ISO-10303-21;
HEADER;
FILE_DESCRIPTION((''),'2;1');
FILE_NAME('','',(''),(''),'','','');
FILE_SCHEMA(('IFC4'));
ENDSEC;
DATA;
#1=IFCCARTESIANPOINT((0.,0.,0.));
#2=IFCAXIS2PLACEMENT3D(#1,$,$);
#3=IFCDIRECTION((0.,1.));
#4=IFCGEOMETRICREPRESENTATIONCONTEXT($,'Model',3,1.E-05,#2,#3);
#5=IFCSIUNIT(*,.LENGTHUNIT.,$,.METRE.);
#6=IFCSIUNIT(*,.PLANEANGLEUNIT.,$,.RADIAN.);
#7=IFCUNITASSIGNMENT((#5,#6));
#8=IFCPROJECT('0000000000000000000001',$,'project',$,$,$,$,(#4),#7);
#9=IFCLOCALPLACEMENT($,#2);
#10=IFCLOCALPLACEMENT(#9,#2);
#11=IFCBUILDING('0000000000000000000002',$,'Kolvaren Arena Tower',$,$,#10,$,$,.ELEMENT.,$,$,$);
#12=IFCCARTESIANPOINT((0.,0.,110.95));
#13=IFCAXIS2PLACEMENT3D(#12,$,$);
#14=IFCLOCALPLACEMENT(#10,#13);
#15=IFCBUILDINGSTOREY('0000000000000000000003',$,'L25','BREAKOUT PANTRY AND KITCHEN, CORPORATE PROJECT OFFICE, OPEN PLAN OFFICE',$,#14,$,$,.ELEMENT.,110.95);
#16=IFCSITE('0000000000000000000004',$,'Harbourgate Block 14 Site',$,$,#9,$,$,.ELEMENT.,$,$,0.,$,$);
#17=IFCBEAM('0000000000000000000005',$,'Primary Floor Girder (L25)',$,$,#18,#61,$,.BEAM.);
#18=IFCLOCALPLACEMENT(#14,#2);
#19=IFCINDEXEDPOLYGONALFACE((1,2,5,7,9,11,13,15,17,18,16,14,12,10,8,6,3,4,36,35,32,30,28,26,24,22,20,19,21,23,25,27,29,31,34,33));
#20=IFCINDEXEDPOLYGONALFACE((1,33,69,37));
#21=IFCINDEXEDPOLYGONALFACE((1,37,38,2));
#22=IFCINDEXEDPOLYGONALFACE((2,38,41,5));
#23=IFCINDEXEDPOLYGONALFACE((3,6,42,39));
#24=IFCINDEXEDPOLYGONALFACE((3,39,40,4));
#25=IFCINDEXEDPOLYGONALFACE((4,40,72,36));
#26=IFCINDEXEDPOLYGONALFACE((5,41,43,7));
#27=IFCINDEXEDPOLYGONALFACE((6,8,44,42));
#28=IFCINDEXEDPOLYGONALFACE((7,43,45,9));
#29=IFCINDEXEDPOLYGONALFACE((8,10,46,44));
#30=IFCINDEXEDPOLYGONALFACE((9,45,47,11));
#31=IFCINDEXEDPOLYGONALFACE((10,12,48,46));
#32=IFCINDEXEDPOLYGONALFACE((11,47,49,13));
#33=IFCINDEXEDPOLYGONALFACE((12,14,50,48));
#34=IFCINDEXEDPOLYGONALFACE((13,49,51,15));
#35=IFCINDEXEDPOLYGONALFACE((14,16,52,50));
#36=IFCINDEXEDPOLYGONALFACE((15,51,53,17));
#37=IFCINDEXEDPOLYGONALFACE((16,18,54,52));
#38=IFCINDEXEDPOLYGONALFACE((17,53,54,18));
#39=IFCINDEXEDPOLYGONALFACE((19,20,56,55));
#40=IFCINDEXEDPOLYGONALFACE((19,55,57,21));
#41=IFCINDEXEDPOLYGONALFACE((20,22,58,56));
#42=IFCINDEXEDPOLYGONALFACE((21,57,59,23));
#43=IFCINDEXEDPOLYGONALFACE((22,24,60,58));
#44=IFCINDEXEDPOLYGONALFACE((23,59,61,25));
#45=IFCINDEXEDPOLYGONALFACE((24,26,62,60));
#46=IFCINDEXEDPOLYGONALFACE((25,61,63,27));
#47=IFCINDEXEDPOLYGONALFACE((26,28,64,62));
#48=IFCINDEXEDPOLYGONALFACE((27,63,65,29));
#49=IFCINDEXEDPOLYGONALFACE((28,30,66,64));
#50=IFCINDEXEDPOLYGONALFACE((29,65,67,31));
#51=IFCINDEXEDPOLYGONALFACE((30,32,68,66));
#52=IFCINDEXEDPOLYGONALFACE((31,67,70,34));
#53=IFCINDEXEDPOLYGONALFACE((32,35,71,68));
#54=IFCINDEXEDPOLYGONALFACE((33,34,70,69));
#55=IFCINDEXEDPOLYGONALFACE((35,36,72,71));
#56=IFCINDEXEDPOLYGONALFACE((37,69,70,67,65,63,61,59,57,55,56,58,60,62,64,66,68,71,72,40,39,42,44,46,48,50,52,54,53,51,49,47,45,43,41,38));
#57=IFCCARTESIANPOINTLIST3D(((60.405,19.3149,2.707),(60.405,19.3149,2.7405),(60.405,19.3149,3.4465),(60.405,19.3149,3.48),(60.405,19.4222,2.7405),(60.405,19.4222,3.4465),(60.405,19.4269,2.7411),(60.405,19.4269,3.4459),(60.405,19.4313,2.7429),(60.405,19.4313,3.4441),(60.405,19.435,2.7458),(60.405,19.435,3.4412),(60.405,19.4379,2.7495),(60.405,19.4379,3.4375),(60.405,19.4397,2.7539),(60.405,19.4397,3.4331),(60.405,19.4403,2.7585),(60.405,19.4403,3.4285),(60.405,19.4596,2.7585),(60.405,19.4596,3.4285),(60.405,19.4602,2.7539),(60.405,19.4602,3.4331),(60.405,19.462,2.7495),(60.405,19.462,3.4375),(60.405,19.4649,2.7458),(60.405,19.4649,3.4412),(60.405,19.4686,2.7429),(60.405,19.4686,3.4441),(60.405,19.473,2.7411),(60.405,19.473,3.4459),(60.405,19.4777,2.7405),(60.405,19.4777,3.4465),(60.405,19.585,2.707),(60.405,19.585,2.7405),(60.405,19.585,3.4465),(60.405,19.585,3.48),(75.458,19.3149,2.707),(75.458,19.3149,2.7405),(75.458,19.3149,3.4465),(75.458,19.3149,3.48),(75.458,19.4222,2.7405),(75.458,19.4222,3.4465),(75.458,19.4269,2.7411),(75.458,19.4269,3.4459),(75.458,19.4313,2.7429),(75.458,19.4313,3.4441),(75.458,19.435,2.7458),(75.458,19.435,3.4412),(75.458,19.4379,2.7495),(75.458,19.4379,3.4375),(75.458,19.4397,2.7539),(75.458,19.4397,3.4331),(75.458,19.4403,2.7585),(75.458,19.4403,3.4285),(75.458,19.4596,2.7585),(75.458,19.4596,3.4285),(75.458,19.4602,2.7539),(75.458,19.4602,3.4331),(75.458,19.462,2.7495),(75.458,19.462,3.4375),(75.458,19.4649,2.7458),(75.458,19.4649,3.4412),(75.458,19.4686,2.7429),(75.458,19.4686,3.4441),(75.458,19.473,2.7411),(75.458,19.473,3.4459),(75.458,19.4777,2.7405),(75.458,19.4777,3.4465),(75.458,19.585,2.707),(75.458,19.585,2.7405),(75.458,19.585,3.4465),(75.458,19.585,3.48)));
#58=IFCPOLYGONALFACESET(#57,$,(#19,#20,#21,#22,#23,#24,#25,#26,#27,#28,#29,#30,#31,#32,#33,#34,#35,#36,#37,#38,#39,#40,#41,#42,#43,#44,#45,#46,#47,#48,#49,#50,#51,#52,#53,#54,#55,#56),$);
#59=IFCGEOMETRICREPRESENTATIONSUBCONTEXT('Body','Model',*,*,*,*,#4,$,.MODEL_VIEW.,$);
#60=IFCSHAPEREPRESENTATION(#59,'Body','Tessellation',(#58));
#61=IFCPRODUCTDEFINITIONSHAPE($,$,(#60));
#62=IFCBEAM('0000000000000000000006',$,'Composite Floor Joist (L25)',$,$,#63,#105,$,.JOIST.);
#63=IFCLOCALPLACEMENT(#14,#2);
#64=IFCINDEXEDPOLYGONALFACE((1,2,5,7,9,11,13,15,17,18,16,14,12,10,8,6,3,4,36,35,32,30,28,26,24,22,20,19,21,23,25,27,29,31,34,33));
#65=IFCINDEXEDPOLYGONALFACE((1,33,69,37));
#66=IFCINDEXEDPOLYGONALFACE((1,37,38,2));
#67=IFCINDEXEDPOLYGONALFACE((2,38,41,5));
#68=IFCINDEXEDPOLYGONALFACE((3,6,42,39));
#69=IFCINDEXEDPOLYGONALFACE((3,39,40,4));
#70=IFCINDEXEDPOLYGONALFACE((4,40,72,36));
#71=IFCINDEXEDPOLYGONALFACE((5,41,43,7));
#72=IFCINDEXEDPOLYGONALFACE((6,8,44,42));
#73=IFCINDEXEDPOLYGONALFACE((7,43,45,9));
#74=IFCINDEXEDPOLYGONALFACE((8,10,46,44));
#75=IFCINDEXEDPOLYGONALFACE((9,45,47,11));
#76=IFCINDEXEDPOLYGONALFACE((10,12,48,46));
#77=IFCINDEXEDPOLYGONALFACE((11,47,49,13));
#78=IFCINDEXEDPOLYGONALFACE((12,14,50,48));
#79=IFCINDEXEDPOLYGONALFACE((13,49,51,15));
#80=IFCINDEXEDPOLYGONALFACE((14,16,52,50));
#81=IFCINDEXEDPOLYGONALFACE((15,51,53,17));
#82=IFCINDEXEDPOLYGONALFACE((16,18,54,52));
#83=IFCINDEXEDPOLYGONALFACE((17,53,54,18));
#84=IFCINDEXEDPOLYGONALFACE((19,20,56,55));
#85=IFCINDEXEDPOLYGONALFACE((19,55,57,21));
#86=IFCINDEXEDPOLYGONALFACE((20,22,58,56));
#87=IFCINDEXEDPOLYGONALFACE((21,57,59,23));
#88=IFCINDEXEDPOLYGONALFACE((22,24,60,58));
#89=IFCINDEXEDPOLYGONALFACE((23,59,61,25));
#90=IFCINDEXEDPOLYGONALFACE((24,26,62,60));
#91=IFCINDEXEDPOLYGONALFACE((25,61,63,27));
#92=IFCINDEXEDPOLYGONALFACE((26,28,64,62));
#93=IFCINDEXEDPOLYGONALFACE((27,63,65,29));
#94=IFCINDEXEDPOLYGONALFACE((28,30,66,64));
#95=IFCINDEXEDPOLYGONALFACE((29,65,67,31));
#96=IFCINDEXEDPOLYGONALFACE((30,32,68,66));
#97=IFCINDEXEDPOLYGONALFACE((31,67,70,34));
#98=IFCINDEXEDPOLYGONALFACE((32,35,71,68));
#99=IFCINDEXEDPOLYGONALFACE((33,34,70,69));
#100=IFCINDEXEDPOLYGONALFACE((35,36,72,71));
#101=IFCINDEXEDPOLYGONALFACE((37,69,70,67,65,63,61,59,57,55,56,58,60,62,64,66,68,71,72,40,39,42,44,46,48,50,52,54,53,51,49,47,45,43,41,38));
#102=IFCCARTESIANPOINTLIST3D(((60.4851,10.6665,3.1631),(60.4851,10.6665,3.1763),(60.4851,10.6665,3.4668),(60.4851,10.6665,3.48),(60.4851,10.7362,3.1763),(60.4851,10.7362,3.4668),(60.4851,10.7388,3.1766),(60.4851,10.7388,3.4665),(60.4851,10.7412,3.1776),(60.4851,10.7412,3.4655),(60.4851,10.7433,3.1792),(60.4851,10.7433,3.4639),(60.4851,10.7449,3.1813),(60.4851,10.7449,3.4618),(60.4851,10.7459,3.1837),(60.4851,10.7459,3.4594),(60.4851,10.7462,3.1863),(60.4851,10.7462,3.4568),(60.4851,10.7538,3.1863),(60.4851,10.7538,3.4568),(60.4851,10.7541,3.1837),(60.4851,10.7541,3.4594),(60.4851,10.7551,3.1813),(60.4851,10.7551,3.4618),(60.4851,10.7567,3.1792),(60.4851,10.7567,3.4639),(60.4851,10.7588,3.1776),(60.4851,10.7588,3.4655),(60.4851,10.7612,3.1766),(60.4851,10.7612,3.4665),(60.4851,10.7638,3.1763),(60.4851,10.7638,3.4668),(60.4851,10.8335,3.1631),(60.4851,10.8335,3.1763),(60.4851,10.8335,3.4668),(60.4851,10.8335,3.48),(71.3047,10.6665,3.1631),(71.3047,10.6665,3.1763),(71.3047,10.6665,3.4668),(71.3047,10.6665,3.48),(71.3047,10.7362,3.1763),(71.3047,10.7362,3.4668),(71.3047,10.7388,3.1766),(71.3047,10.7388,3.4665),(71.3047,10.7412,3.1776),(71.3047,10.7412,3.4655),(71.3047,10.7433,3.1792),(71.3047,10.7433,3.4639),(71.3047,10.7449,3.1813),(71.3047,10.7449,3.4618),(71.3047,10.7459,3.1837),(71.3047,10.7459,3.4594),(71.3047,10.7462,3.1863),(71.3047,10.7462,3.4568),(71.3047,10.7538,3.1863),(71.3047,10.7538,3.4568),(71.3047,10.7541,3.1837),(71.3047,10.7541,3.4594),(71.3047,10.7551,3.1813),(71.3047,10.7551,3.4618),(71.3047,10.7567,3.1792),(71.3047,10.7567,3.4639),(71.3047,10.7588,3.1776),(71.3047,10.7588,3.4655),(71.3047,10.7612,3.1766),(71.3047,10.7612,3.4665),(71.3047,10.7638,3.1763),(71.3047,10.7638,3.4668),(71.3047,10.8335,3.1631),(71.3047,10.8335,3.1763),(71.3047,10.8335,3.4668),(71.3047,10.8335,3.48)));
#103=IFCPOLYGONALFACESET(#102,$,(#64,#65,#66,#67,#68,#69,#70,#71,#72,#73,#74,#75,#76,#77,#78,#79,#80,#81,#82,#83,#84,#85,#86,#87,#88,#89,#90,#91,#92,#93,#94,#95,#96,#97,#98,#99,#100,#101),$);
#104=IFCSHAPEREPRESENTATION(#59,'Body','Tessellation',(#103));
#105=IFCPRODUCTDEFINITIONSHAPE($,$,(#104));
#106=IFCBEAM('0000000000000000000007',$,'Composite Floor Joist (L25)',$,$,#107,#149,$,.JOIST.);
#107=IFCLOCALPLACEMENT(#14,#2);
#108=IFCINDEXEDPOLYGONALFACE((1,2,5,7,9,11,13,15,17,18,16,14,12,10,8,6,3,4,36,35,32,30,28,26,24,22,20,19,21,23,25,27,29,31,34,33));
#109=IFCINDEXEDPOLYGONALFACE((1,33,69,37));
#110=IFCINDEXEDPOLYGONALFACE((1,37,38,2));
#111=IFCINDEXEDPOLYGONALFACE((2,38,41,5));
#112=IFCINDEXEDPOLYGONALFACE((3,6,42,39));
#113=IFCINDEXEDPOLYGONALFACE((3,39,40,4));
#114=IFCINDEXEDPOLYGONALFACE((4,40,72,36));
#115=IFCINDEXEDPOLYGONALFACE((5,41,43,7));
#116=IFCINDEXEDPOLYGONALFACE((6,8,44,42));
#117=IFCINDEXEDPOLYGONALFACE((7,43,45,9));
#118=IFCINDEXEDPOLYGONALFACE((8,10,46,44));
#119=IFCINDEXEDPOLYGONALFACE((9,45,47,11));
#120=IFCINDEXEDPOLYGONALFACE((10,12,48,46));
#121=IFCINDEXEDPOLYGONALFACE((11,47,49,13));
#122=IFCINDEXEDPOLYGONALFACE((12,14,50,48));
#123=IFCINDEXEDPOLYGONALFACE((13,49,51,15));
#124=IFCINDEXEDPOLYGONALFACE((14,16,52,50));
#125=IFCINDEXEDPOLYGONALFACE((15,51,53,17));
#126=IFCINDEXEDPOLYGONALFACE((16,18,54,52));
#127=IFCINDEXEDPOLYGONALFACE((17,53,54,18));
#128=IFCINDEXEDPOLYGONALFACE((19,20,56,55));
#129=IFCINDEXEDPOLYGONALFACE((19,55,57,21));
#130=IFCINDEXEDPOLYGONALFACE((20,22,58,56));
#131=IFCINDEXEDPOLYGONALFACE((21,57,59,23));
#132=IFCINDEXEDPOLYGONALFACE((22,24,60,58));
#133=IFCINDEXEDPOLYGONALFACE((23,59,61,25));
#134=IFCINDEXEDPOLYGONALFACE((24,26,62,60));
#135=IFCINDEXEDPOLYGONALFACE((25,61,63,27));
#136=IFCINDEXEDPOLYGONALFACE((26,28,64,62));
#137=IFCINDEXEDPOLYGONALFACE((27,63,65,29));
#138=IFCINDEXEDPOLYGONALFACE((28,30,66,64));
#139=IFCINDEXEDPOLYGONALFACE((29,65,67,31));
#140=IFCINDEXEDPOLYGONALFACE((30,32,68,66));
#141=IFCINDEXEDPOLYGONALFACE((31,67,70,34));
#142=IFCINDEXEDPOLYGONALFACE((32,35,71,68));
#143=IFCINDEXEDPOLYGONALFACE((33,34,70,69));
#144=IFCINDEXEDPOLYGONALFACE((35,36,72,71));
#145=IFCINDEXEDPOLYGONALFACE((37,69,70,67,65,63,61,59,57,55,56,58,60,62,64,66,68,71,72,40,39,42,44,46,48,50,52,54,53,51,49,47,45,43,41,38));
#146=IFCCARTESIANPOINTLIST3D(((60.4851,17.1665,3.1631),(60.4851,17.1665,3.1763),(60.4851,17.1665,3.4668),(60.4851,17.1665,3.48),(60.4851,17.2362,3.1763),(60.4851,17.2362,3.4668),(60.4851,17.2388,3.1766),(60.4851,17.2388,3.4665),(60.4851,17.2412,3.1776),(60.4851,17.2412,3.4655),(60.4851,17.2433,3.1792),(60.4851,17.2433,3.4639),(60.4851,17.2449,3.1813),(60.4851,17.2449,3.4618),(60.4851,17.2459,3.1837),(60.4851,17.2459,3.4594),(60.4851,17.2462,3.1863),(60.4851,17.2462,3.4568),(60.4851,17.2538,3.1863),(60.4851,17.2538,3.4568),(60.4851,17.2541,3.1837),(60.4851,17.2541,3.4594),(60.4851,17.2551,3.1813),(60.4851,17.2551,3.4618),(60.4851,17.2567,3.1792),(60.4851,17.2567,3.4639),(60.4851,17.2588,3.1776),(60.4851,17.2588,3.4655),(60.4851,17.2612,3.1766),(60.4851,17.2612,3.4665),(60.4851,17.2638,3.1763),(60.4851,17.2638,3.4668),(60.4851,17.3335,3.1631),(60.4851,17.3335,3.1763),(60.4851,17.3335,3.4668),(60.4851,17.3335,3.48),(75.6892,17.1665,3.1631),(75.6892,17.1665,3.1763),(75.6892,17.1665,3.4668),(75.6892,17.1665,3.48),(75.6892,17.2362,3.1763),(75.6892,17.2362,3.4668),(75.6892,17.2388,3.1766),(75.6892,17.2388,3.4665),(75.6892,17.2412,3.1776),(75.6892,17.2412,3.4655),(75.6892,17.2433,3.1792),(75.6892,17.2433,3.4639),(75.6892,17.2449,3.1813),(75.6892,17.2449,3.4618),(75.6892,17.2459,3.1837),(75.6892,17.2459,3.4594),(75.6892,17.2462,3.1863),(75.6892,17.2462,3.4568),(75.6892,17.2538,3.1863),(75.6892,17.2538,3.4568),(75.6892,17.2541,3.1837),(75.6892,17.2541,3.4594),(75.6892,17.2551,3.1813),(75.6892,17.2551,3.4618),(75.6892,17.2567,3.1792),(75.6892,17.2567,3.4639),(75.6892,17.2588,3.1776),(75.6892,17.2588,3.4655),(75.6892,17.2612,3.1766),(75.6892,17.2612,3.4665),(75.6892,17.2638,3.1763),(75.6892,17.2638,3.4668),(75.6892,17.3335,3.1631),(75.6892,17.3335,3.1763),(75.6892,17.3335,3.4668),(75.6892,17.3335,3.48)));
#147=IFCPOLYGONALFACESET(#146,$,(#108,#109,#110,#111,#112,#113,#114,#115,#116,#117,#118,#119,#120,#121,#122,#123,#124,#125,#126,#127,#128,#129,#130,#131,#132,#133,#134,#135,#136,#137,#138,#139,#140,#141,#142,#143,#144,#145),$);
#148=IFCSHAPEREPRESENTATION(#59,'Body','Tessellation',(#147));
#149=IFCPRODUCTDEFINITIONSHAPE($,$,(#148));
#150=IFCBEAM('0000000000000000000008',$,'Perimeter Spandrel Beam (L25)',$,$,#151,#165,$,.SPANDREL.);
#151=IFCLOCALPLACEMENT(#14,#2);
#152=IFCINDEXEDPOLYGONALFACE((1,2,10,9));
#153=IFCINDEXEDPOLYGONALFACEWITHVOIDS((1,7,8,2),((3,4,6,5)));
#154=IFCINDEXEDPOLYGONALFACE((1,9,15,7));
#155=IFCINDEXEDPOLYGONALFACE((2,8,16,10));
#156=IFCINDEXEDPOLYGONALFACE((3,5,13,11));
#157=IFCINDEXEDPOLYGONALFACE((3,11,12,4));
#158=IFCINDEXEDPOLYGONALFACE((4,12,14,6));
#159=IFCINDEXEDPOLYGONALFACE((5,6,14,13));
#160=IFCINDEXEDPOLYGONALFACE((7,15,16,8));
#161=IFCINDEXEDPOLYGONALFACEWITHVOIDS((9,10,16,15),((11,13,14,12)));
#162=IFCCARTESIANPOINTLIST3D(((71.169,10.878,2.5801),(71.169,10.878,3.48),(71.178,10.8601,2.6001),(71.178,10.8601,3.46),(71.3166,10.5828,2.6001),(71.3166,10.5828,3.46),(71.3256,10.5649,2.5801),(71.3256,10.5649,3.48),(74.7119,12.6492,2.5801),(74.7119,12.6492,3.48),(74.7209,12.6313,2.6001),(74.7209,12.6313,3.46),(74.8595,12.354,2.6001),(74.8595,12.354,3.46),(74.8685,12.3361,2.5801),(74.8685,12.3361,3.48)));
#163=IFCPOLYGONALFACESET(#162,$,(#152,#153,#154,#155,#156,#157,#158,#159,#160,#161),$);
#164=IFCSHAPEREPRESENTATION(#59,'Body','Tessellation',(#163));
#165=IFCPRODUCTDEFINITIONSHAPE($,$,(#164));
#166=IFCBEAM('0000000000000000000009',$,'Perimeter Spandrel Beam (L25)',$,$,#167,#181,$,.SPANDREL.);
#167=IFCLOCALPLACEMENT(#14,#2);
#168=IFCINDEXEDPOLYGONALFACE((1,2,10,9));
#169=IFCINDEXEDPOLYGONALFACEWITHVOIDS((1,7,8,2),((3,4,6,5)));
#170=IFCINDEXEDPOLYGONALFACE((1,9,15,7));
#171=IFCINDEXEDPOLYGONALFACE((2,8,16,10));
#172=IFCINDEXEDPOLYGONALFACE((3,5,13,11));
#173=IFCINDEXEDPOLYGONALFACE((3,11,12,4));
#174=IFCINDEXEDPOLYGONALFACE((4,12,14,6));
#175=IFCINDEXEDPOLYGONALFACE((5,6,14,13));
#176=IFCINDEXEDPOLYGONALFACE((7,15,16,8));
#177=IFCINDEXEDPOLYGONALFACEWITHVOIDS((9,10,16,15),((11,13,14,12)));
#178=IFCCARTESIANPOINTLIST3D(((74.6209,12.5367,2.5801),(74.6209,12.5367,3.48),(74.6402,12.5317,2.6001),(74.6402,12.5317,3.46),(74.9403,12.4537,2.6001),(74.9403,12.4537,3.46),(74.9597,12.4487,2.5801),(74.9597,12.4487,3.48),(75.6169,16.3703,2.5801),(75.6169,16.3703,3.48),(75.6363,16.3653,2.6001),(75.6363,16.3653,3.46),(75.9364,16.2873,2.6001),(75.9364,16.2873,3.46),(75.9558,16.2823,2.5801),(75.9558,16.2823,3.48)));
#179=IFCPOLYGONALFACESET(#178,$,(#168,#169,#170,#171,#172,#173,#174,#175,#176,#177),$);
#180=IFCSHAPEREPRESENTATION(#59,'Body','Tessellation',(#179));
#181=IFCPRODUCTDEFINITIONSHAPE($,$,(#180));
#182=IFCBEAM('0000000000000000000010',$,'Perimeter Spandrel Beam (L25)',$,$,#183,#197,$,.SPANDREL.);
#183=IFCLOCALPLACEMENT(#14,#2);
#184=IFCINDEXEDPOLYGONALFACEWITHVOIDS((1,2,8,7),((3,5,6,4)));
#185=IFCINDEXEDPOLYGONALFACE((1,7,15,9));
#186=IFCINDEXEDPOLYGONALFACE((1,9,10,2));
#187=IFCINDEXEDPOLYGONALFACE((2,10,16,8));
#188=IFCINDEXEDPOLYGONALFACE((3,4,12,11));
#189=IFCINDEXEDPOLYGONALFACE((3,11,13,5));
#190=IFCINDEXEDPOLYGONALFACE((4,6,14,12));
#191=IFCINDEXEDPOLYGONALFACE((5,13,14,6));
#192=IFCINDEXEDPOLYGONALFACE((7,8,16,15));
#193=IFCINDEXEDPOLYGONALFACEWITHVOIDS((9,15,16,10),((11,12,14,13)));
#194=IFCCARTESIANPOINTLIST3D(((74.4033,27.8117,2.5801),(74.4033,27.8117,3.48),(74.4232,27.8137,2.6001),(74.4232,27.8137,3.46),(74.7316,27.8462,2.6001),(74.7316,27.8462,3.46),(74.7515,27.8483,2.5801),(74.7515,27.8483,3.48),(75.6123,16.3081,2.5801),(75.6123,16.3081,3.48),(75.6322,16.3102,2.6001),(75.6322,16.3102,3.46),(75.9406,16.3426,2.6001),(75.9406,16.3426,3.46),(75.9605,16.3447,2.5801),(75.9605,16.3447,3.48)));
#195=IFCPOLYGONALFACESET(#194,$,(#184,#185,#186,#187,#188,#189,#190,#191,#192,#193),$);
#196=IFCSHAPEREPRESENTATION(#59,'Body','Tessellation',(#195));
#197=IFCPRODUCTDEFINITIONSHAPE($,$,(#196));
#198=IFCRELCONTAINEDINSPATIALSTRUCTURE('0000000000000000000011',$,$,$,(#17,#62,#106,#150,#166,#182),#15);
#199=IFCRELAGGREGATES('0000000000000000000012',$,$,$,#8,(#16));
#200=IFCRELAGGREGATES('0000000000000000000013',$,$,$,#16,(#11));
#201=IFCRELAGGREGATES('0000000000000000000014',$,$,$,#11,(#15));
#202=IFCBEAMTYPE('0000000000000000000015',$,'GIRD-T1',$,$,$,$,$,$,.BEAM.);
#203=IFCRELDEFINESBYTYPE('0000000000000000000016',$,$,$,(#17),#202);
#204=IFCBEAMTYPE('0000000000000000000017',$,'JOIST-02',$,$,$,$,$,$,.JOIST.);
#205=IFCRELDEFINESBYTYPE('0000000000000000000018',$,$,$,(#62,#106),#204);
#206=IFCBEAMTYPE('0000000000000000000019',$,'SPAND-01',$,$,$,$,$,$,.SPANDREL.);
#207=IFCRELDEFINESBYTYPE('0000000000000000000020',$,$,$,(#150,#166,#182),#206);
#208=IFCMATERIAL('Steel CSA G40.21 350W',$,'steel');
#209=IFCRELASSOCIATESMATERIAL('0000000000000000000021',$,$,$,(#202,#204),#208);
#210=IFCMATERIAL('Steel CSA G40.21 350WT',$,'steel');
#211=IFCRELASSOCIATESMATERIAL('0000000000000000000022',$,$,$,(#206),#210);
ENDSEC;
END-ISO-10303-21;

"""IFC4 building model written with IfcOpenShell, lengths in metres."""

from ifc_helpers import new_model, si_unit, direction, frame, origin, origin_2d, place, context, subcontext, project, spatial, hollow_rectangle, i_section, extrude, material, material_profile, profile_set, type_object, element, save


model = new_model("IFC4")

# Units and contexts
model_context = context("Model", 3, precision=1e-05, world=origin(), true_north=direction((0.0, 1.0)))
body_context = subcontext(model_context, "Body", "Model", "MODEL_VIEW")
ifc_project = project(units=[si_unit("LENGTHUNIT", "METRE"), si_unit("PLANEANGLEUNIT", "RADIAN")], contexts=[model_context])

# Site, building, storey
site_placement = place(None, origin())
site = spatial("IfcSite", under=ifc_project, at=site_placement, Name="Harbourgate Block 14 Site", CompositionType="ELEMENT", RefElevation=0.0)
building_placement = place(site_placement, origin())
building = spatial("IfcBuilding", under=site, at=building_placement, Name="Kolvaren Arena Tower", CompositionType="ELEMENT")
storey_placement = place(building_placement, frame((0.0, 0.0, 110.95)))
storey = spatial("IfcBuildingStorey", under=building, at=storey_placement, Name="L25", Description="BREAKOUT PANTRY AND KITCHEN, CORPORATE PROJECT OFFICE, OPEN PLAN OFFICE", CompositionType="ELEMENT", Elevation=110.95)

# Beams
ifc_material_1 = material(Name="Steel CSA G40.21 350W", Category="steel")
ifc_material_profile_1 = material_profile(ifc_material_1, i_section(OverallWidth=0.27, OverallDepth=0.7729, WebThickness=0.0193, FlangeThickness=0.0334, FilletRadius=0.0181, at=origin_2d()), Name="W760x257")
ifc_profile_set_1 = profile_set([ifc_material_profile_1], Name="Steel CSA G40.21 350W")
beam_type_1 = type_object("IfcBeamType", Name="GIRD-T1", PredefinedType="BEAM", material=ifc_profile_set_1)
beam_1_placement = place(storey_placement, frame((60.405, 19.45, 3.0935), z_axis=(1.0, 0.0, 0.0), x_axis=(0.0, 1.0, 0.0)))
element("IfcBeam", 1, at=beam_1_placement, inside=storey, type_object=beam_type_1, Name="Primary Floor Girder (L25)", PredefinedType="BEAM", context=body_context, shape_type="SweptSolid", body=[
    extrude(i_section(OverallWidth=0.27, OverallDepth=0.7729, WebThickness=0.0193, FlangeThickness=0.0334, FilletRadius=0.0181, at=origin_2d()), origin(), (0.0, 0.0, 1.0), 15.053),
])
ifc_material_profile_2 = material_profile(ifc_material_1, i_section(OverallWidth=0.167, OverallDepth=0.3169, WebThickness=0.0076, FlangeThickness=0.0132, FilletRadius=0.01, at=origin_2d()), Name="W310x52")
ifc_profile_set_2 = profile_set([ifc_material_profile_2], Name="Steel CSA G40.21 350W")
beam_type_2 = type_object("IfcBeamType", Name="JOIST-02", PredefinedType="JOIST", material=ifc_profile_set_2)
beam_2_placement = place(storey_placement, frame((60.4851, 10.75, 3.3215), z_axis=(1.0, 0.0, 0.0), x_axis=(0.0, 1.0, 0.0)))
element("IfcBeam", 2, at=beam_2_placement, inside=storey, type_object=beam_type_2, Name="Composite Floor Joist (L25)", PredefinedType="JOIST", context=body_context, shape_type="SweptSolid", body=[
    extrude(i_section(OverallWidth=0.167, OverallDepth=0.3169, WebThickness=0.0076, FlangeThickness=0.0132, FilletRadius=0.01, at=origin_2d()), origin(), (0.0, 0.0, 1.0), 10.8196),
])
beam_3_placement = place(storey_placement, frame((60.4851, 17.25, 3.3215), z_axis=(1.0, 0.0, 0.0), x_axis=(0.0, 1.0, 0.0)))
element("IfcBeam", 3, at=beam_3_placement, inside=storey, type_object=beam_type_2, Name="Composite Floor Joist (L25)", PredefinedType="JOIST", context=body_context, shape_type="SweptSolid", body=[
    extrude(i_section(OverallWidth=0.167, OverallDepth=0.3169, WebThickness=0.0076, FlangeThickness=0.0132, FilletRadius=0.01, at=origin_2d()), origin(), (0.0, 0.0, 1.0), 15.2041),
])
ifc_material_2 = material(Name="Steel CSA G40.21 350WT", Category="steel")
ifc_material_profile_3 = material_profile(ifc_material_2, hollow_rectangle(XDim=0.3501, YDim=0.8999, WallThickness=0.02, at=origin_2d()), Name="HSS 900x350x20")
ifc_profile_set_3 = profile_set([ifc_material_profile_3], Name="Steel CSA G40.21 350WT")
beam_type_3 = type_object("IfcBeamType", Name="SPAND-01", PredefinedType="SPANDREL", material=ifc_profile_set_3)
for number, where, z_axis, x_axis, name in (
    (4, (71.2473, 10.7214, 3.03), (0.894452, 0.447164, 0.0), (-0.447164, 0.894452, 0.0), "Perimeter Spandrel Beam (L25)"),
    (5, (74.7903, 12.4927, 3.03), (0.251473, 0.967864, 0.0), (-0.967864, 0.251473, 0.0), "Perimeter Spandrel Beam (L25)"),
):
    element("IfcBeam", number, at=place(storey_placement, frame(where, z_axis=z_axis, x_axis=x_axis)), inside=storey, type_object=beam_type_3, Name=name, PredefinedType="SPANDREL", context=body_context, shape_type="SweptSolid", body=[
        extrude(hollow_rectangle(XDim=0.3501, YDim=0.8999, WallThickness=0.02, at=origin_2d()), origin(), (0.0, 0.0, 1.0), 3.9609),
    ])
beam_4_placement = place(storey_placement, frame((75.7864, 16.3264, 3.03), z_axis=(-0.104522, 0.994523, 0.0), x_axis=(-0.994523, -0.104522, 0.0)))
element("IfcBeam", 6, at=beam_4_placement, inside=storey, type_object=beam_type_3, Name="Perimeter Spandrel Beam (L25)", PredefinedType="SPANDREL", context=body_context, shape_type="SweptSolid", body=[
    extrude(hollow_rectangle(XDim=0.3501, YDim=0.8999, WallThickness=0.02, at=origin_2d()), origin(), (0.0, 0.0, 1.0), 11.5669),
])

save(model, "model.ifc")
